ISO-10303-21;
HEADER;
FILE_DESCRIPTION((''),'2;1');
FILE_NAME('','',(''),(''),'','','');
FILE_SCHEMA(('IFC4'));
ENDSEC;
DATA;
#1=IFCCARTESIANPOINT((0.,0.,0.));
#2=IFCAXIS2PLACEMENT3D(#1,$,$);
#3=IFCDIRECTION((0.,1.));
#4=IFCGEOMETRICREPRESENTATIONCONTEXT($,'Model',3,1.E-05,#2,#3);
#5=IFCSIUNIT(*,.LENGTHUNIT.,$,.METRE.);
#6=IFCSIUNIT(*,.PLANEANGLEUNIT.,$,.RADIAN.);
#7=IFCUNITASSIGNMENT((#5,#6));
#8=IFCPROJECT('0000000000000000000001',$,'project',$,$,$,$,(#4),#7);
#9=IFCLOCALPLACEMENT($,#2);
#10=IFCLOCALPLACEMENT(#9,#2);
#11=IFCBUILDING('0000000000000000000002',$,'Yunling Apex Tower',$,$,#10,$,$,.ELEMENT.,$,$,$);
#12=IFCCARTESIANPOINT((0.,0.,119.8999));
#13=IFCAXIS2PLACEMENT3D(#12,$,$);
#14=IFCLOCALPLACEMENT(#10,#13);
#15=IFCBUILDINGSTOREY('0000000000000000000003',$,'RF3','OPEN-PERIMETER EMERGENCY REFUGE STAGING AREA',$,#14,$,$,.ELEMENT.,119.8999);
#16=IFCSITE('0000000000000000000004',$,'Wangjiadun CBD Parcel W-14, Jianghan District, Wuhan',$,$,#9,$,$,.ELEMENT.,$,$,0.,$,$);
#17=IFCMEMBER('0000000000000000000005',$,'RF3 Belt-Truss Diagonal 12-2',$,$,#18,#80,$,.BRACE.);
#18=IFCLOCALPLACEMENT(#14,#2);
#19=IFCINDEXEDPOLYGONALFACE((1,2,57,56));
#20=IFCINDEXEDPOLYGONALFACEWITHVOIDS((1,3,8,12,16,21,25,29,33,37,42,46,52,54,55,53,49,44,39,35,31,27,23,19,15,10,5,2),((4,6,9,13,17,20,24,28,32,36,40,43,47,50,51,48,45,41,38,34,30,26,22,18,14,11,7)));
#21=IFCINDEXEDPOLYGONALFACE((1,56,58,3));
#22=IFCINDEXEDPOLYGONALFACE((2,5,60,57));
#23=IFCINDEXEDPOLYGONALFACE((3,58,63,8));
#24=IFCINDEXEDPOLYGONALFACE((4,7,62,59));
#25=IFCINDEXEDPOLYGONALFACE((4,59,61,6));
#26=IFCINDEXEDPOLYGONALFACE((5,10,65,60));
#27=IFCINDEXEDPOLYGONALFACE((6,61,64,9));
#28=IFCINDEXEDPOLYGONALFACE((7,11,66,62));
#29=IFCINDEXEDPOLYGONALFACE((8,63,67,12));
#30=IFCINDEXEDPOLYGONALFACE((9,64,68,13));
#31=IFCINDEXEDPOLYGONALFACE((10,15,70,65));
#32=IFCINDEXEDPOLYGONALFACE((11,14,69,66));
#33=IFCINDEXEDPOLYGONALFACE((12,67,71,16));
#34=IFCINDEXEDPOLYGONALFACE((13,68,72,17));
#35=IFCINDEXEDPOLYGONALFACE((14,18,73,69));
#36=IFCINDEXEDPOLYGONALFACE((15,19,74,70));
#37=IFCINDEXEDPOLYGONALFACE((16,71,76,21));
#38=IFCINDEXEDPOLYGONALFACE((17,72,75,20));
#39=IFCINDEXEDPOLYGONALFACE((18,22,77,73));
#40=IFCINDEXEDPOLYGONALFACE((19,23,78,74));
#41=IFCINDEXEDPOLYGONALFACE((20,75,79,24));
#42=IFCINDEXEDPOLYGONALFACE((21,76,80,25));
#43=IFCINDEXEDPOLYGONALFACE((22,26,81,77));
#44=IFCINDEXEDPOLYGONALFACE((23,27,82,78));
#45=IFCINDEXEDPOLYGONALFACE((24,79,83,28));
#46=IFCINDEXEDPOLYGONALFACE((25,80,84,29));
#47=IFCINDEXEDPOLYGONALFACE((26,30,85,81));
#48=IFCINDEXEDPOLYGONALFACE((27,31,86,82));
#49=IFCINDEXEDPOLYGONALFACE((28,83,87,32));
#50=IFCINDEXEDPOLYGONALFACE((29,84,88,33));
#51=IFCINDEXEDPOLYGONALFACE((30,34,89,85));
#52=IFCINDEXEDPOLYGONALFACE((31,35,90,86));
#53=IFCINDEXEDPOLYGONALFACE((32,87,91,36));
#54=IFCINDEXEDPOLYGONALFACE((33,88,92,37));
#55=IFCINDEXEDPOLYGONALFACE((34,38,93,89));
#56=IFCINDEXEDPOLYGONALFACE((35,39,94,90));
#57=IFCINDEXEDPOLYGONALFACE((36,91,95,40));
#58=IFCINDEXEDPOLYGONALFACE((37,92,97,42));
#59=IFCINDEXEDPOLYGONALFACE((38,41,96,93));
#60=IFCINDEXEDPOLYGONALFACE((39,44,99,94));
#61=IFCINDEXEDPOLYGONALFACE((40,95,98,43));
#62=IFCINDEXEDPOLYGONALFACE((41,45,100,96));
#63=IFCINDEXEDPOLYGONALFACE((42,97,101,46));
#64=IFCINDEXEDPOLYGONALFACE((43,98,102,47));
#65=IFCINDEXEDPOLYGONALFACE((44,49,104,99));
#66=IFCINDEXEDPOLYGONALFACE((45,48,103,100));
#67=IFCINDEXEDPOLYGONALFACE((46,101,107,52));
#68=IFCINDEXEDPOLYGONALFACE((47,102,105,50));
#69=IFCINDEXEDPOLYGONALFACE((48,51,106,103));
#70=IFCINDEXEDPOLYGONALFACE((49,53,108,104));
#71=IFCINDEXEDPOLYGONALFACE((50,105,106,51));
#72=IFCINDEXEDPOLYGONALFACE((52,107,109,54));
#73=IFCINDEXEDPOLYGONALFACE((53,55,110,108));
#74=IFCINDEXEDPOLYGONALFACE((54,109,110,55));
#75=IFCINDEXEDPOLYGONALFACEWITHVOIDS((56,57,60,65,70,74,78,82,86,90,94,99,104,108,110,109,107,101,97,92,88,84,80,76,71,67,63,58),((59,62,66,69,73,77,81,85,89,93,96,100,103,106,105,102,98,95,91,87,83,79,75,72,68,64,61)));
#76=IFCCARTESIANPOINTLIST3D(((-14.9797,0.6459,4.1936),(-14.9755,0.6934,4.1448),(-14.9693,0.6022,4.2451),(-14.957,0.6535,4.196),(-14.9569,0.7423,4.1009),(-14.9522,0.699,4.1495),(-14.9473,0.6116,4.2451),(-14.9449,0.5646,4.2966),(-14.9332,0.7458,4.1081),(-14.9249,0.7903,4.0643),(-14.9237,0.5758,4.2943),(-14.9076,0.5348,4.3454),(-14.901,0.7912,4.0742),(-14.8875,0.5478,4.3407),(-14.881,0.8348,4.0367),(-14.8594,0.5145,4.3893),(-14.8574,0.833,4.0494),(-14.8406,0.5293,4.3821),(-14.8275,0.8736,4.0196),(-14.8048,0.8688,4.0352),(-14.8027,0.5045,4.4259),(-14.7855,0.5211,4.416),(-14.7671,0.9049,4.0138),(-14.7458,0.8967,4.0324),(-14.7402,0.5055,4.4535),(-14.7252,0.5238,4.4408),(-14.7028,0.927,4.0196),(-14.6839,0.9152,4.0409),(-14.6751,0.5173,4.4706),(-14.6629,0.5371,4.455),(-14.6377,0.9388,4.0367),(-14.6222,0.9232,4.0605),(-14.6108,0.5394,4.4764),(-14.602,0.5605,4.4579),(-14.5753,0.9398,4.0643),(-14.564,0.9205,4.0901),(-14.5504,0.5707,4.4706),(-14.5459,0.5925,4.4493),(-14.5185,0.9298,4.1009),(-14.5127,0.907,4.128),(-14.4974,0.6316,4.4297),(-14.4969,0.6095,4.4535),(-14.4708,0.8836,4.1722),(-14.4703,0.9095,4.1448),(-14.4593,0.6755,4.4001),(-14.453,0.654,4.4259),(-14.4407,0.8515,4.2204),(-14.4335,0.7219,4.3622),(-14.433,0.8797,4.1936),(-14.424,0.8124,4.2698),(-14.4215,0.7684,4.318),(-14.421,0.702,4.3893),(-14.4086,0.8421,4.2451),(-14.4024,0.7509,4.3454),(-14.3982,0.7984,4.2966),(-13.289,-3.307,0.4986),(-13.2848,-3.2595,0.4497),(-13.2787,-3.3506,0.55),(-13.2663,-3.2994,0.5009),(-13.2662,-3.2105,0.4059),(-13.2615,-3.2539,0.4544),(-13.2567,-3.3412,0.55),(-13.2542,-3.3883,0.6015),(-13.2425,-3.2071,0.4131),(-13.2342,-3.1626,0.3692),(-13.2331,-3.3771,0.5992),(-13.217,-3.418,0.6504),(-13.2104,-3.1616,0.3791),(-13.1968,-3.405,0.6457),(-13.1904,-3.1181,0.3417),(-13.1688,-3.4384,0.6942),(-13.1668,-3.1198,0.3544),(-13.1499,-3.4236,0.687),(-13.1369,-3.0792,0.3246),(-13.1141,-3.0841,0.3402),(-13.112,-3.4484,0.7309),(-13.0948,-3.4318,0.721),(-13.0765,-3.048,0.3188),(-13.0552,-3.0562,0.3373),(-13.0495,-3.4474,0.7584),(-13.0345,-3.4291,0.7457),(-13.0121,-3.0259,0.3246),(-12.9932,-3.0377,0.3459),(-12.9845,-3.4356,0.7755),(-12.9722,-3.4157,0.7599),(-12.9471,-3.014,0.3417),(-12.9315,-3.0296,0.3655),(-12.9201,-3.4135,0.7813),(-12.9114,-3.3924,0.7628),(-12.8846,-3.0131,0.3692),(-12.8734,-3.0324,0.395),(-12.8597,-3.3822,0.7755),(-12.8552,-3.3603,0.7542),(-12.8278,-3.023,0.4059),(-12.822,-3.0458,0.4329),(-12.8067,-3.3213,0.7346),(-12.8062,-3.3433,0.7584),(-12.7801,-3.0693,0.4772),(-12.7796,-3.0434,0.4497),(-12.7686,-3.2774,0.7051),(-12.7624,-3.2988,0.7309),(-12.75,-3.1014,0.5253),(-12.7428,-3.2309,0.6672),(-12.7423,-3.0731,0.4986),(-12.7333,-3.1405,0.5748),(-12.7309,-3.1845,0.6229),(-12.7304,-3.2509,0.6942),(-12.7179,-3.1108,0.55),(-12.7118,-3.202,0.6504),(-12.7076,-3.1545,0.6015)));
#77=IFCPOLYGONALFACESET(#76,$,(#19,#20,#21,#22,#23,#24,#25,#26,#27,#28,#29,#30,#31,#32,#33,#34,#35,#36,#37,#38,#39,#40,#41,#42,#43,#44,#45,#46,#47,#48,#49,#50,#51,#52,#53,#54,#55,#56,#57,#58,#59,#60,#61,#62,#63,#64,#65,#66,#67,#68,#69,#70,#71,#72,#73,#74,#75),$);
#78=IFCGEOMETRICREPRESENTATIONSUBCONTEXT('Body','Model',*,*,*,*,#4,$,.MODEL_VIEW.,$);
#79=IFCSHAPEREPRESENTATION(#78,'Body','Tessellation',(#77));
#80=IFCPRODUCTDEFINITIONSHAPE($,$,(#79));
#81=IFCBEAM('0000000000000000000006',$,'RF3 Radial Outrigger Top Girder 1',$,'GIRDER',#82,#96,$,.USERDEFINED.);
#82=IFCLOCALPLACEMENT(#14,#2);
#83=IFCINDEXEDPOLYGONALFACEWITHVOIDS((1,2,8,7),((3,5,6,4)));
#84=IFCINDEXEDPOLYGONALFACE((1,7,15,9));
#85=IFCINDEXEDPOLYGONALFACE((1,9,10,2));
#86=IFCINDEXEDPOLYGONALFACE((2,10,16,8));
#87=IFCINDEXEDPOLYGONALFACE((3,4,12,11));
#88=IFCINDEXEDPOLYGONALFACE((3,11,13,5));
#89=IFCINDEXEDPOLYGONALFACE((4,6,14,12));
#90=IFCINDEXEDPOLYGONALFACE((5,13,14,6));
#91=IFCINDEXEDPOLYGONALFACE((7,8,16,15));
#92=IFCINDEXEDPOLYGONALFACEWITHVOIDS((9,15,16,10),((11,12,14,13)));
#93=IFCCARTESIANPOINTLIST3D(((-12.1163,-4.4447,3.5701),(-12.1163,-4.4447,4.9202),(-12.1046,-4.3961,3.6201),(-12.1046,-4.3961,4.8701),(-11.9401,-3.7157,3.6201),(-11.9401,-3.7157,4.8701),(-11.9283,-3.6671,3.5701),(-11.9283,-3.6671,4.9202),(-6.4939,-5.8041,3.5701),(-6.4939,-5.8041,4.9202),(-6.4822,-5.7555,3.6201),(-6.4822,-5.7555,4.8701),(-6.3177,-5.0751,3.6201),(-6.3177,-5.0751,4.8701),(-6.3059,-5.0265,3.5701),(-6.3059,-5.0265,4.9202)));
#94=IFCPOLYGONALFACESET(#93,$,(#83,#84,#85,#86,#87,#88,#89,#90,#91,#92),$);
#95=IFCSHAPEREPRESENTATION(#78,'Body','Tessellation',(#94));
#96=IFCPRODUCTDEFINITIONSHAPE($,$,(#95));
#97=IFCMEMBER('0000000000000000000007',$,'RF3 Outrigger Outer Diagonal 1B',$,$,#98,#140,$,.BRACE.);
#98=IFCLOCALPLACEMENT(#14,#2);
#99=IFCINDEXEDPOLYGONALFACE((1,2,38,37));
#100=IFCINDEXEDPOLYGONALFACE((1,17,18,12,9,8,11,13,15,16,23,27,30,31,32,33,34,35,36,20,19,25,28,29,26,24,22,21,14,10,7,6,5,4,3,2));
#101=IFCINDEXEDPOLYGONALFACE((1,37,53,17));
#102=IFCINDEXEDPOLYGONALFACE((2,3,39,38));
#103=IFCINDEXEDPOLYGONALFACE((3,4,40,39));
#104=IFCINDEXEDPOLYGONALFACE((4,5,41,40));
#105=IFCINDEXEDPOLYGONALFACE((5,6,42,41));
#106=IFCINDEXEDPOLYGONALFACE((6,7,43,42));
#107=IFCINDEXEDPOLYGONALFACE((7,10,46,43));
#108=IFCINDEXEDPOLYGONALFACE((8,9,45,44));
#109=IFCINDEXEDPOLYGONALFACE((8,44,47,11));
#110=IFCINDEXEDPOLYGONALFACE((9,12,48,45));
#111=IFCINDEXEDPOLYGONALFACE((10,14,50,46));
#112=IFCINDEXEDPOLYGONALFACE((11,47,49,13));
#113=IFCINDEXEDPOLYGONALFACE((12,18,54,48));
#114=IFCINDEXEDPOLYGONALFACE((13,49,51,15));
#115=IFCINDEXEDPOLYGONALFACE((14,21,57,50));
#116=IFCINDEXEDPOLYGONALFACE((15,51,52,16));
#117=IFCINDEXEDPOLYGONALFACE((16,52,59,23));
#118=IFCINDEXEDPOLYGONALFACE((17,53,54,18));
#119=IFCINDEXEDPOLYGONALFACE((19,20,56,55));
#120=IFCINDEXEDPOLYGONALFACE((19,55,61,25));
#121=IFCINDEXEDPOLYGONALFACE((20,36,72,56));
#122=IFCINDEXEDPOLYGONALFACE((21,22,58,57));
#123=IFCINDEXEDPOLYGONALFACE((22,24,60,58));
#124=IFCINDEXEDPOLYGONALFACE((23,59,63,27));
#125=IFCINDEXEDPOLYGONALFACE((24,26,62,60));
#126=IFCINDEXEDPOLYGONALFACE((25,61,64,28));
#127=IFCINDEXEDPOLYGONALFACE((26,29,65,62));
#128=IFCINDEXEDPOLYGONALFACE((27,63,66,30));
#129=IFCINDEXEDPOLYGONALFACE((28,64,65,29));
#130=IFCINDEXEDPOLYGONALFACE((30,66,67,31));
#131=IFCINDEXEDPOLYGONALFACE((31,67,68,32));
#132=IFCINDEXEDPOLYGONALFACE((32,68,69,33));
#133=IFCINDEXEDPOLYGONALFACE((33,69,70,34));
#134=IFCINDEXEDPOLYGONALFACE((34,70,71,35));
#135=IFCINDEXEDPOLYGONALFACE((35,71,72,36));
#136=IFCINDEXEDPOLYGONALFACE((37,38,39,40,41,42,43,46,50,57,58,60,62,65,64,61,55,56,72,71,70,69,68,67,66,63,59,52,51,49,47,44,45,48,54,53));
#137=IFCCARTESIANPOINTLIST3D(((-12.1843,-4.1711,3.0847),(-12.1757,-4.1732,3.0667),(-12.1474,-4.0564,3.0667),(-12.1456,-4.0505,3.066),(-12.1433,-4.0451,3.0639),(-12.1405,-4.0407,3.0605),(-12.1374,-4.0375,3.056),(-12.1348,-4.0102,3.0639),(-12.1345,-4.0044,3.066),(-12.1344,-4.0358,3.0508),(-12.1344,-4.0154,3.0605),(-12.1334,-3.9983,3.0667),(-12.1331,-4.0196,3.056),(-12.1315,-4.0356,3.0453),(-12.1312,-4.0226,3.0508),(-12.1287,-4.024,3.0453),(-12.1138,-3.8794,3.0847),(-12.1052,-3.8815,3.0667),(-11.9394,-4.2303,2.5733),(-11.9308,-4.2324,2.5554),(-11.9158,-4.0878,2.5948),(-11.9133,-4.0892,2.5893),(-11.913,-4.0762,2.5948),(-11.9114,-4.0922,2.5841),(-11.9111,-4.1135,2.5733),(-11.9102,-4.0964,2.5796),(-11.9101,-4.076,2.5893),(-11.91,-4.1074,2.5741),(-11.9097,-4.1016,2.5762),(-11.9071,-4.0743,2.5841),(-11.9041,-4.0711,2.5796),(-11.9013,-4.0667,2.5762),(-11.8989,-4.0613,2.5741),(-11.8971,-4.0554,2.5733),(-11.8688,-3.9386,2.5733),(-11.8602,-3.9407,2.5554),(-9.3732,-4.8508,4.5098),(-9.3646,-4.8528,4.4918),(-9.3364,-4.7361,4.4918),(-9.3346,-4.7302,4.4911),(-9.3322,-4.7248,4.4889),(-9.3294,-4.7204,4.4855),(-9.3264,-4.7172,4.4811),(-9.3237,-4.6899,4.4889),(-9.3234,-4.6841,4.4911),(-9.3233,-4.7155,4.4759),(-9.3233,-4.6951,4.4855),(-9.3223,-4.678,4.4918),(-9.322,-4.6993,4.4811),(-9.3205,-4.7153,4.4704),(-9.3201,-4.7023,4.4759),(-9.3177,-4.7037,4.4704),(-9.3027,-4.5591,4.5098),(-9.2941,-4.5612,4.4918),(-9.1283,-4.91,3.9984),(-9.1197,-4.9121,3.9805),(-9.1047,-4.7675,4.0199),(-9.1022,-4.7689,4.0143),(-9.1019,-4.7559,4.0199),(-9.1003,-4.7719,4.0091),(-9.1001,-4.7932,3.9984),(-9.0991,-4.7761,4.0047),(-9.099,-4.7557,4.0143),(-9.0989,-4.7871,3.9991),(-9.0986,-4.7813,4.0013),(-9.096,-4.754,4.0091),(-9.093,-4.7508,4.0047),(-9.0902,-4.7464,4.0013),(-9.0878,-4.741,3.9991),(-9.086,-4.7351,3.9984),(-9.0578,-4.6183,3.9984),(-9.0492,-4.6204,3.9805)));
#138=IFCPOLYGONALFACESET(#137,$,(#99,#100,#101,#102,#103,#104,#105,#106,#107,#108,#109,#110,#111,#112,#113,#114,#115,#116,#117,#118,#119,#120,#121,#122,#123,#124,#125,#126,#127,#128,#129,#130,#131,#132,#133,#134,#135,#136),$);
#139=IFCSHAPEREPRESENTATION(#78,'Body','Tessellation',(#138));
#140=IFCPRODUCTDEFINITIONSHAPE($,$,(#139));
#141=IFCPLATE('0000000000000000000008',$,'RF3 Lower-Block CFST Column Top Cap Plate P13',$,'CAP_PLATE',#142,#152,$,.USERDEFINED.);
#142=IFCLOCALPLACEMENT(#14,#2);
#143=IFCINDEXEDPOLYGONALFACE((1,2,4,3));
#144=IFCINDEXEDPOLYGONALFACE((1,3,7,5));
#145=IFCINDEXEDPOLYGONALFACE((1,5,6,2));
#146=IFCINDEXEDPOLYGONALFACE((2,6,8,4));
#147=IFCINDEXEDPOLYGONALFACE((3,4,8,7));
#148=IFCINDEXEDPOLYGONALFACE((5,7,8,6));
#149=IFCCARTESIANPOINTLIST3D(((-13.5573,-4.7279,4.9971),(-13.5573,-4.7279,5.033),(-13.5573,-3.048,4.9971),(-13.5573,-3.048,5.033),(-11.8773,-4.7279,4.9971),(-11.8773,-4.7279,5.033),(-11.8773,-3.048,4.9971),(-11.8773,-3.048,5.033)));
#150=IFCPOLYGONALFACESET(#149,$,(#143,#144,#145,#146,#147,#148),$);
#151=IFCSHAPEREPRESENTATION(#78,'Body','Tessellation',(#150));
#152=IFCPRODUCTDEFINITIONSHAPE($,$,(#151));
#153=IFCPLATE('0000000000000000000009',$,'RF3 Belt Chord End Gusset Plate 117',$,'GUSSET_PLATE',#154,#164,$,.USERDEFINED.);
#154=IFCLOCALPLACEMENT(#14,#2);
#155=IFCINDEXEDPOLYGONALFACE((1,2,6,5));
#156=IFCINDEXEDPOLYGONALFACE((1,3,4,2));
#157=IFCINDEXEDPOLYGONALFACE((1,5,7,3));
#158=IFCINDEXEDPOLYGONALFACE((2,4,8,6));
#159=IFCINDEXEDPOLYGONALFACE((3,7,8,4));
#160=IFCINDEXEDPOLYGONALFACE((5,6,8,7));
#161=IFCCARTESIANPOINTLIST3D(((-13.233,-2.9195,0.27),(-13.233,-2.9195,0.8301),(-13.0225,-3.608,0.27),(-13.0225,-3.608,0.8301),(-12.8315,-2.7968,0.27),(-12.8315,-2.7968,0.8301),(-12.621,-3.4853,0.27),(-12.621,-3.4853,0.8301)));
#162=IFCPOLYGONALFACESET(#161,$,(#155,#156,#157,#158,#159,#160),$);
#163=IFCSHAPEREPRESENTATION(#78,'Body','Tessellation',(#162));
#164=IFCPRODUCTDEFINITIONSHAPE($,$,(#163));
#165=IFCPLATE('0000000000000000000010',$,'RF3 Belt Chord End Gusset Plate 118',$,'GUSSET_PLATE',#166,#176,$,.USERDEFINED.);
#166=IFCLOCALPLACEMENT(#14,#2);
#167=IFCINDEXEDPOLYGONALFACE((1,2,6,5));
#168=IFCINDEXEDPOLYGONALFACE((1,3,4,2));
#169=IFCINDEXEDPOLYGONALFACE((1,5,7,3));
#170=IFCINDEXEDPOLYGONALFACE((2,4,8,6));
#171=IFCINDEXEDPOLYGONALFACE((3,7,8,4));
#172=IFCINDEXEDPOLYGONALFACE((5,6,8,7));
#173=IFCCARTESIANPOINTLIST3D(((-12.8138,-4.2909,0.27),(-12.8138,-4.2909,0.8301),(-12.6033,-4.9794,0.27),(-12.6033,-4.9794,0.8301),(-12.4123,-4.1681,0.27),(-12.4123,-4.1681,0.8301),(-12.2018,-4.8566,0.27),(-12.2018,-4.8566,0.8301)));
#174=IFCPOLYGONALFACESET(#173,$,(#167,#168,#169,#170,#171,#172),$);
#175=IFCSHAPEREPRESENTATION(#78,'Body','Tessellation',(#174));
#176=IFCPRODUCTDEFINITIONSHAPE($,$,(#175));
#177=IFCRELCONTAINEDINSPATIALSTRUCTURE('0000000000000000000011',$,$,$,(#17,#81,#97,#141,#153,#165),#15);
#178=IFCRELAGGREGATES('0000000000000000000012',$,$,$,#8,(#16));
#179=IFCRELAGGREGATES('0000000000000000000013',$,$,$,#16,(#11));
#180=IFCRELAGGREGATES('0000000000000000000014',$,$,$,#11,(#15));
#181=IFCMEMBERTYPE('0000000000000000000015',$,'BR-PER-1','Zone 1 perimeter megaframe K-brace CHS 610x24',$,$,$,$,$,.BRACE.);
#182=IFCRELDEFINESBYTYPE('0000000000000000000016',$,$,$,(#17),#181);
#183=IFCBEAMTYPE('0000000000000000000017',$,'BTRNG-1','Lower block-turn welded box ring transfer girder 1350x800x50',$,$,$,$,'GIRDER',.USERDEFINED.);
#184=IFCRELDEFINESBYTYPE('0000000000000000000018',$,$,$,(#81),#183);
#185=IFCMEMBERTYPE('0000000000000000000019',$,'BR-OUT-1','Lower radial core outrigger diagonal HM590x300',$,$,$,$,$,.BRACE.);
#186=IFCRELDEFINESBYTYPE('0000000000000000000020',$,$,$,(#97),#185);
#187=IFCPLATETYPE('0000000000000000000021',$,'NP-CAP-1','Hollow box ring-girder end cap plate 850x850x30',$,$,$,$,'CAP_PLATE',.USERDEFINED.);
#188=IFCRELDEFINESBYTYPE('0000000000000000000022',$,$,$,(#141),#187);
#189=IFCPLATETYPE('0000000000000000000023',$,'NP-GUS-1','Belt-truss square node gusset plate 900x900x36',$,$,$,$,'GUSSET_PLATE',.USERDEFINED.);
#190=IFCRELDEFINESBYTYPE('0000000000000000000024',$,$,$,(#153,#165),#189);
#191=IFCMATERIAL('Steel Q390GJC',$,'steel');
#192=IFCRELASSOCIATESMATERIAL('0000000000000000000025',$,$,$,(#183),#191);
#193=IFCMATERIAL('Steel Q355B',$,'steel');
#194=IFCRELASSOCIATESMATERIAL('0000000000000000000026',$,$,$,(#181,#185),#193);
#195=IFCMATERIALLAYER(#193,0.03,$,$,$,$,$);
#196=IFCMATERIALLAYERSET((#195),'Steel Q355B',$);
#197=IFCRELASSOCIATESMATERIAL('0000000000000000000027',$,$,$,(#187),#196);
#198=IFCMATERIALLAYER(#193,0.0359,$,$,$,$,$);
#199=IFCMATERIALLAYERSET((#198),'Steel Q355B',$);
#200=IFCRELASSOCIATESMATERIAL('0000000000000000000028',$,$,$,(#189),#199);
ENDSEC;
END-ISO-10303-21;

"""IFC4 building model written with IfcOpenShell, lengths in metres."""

from ifc_helpers import new_model, si_unit, direction, frame, origin, origin_2d, place, context, subcontext, project, spatial, rectangle, hollow_rectangle, hollow_circle, i_section, extrude, source, transform, mapped, material, layer, layer_set, material_profile, profile_set, type_object, element, save


model = new_model("IFC4")

# Units and contexts
model_context = context("Model", 3, precision=1e-05, world=origin(), true_north=direction((0.0, 1.0)))
body_context = subcontext(model_context, "Body", "Model", "MODEL_VIEW")
ifc_project = project(units=[si_unit("LENGTHUNIT", "METRE"), si_unit("PLANEANGLEUNIT", "RADIAN")], contexts=[model_context])

# Site, building, storey
site_placement = place(None, origin())
site = spatial("IfcSite", under=ifc_project, at=site_placement, Name="Wangjiadun CBD Parcel W-14, Jianghan District, Wuhan", CompositionType="ELEMENT", RefElevation=0.0)
building_placement = place(site_placement, origin())
building = spatial("IfcBuilding", under=site, at=building_placement, Name="Yunling Apex Tower", CompositionType="ELEMENT")
storey_placement = place(building_placement, frame((0.0, 0.0, 119.8999)))
storey = spatial("IfcBuildingStorey", under=building, at=storey_placement, Name="RF3", Description="OPEN-PERIMETER EMERGENCY REFUGE STAGING AREA", CompositionType="ELEMENT", Elevation=119.8999)

# Shared definitions
ifc_material_1 = material(Name="Steel Q390GJC", Category="steel")

# Shared definitions
ifc_material_profile_1 = material_profile(ifc_material_1, hollow_rectangle(XDim=0.8, YDim=1.3501, WallThickness=0.05, at=origin_2d()))
ifc_profile_set_1 = profile_set([ifc_material_profile_1], Name="Steel Q390GJC")
beam_type = type_object("IfcBeamType", Name="BTRNG-1", Description="Lower block-turn welded box ring transfer girder 1350x800x50", ElementType="GIRDER", PredefinedType="USERDEFINED", material=ifc_profile_set_1)

# Member
ifc_material_2 = material(Name="Steel Q355B", Category="steel")
ifc_material_profile_2 = material_profile(ifc_material_2, hollow_circle(Radius=0.3049, WallThickness=0.0239, at=origin_2d()))
ifc_profile_set_2 = profile_set([ifc_material_profile_2], Name="Steel Q355B")
member_type_1 = type_object("IfcMemberType", Name="BR-PER-1", Description="Zone 1 perimeter megaframe K-brace CHS 610x24", PredefinedType="BRACE", material=ifc_profile_set_2)
shared_shape_1 = source(origin(), body_context, "Body", "SweptSolid", [
    extrude(hollow_circle(Radius=0.3049, WallThickness=0.0239, at=origin_2d()), origin(), (0.0, 0.0, 1.0), 5.6689),
])
member_1_placement = place(storey_placement, frame((-12.9983, -3.2307, 0.55), z_axis=(-0.298233, 0.697284, 0.651806), x_axis=(-0.919433, -0.393248, 0.0)))
element("IfcMember", 1, at=member_1_placement, inside=storey, type_object=member_type_1, Name="RF3 Belt-Truss Diagonal 12-2", PredefinedType="BRACE", context=body_context, shape_type="MappedRepresentation", body=[
    mapped(shared_shape_1, transform((0.0, 0.0, 0.0), scale=1.0)),
])

# Beam
shared_shape_2 = source(origin(), body_context, "Body", "SweptSolid", [
    extrude(hollow_rectangle(XDim=0.8, YDim=1.3501, WallThickness=0.05, at=origin_2d()), origin(), (0.0, 0.0, 1.0), 5.7844),
])
beam_1_placement = place(storey_placement, frame((-6.3999, -5.4153, 4.2451), z_axis=(-0.971993, 0.23501, 0.0), x_axis=(-0.23501, -0.971993, 0.0)))
element("IfcBeam", 2, at=beam_1_placement, inside=storey, type_object=beam_type, Name="RF3 Radial Outrigger Top Girder 1", ObjectType="GIRDER", PredefinedType="USERDEFINED", context=body_context, shape_type="MappedRepresentation", body=[
    mapped(shared_shape_2, transform((0.0, 0.0, 0.0), scale=1.0)),
])

# Member
ifc_material_profile_3 = material_profile(ifc_material_2, i_section(OverallWidth=0.3, OverallDepth=0.5901, WebThickness=0.012, FlangeThickness=0.02, FilletRadius=0.0239, at=origin_2d()))
ifc_profile_set_3 = profile_set([ifc_material_profile_3], Name="Steel Q355B")
member_type_2 = type_object("IfcMemberType", Name="BR-OUT-1", Description="Lower radial core outrigger diagonal HM590x300", PredefinedType="BRACE", material=ifc_profile_set_3)
shared_shape_3 = source(origin(), body_context, "Body", "SweptSolid", [
    extrude(i_section(OverallWidth=0.3, OverallDepth=0.5901, WebThickness=0.012, FlangeThickness=0.02, FilletRadius=0.0239, at=origin_2d()), origin(), (0.0, 0.0, 1.0), 3.2241),
])
member_2_placement = place(storey_placement, frame((-9.2112, -4.7356, 4.2451), z_axis=(-0.871889, 0.210816, -0.442002), x_axis=(-0.23502, -0.971991, 0.0)))
element("IfcMember", 3, at=member_2_placement, inside=storey, type_object=member_type_2, Name="RF3 Outrigger Outer Diagonal 1B", PredefinedType="BRACE", context=body_context, shape_type="MappedRepresentation", body=[
    mapped(shared_shape_3, transform((0.0, 0.0, 0.0), scale=1.0)),
])

# Plates
ifc_layer_1 = layer(ifc_material_2, 0.03)
ifc_layer_set_1 = layer_set([ifc_layer_1], Name="Steel Q355B")
plate_type_1 = type_object("IfcPlateType", Name="NP-CAP-1", Description="Hollow box ring-girder end cap plate 850x850x30", ElementType="CAP_PLATE", PredefinedType="USERDEFINED", material=ifc_layer_set_1)
shared_shape_4 = source(origin(), body_context, "Body", "SweptSolid", [
    extrude(rectangle(XDim=1.6799, YDim=1.6799, at=origin_2d()), origin(), (0.0, 0.0, 1.0), 0.0359),
])
plate_1_placement = place(storey_placement, frame((-12.7173, -3.8879, 4.9971), z_axis=(0.0, 0.0, 1.0), x_axis=(1.0, 0.0, 0.0)))
element("IfcPlate", 4, at=plate_1_placement, inside=storey, type_object=plate_type_1, Name="RF3 Lower-Block CFST Column Top Cap Plate P13", ObjectType="CAP_PLATE", PredefinedType="USERDEFINED", context=body_context, shape_type="MappedRepresentation", body=[
    mapped(shared_shape_4, transform((0.0, 0.0, 0.0), scale=1.0)),
])
ifc_layer_2 = layer(ifc_material_2, 0.0359)
ifc_layer_set_2 = layer_set([ifc_layer_2], Name="Steel Q355B")
plate_type_2 = type_object("IfcPlateType", Name="NP-GUS-1", Description="Belt-truss square node gusset plate 900x900x36", ElementType="GUSSET_PLATE", PredefinedType="USERDEFINED", material=ifc_layer_set_2)
shared_shape_5 = source(origin(), body_context, "Body", "SweptSolid", [
    extrude(rectangle(XDim=0.72, YDim=0.4199, at=origin_2d()), origin(), (0.0, 0.0, 1.0), 0.5601),
])
for number, where, z_axis, x_axis, name in (
    (5, (-12.927, -3.2024, 0.27), (0.0, 0.0, 1.0), (0.292372, -0.956305, 0.0), "RF3 Belt Chord End Gusset Plate 117"),
    (6, (-12.5078, -4.5737, 0.27), (0.0, 0.0, 1.0), (0.292372, -0.956305, 0.0), "RF3 Belt Chord End Gusset Plate 118"),
):
    element("IfcPlate", number, at=place(storey_placement, frame(where, z_axis=z_axis, x_axis=x_axis)), inside=storey, type_object=plate_type_2, Name=name, ObjectType="GUSSET_PLATE", PredefinedType="USERDEFINED", context=body_context, shape_type="MappedRepresentation", body=[
        mapped(shared_shape_5, transform((0.0, 0.0, 0.0), scale=1.0)),
    ])

save(model, "model.ifc")
